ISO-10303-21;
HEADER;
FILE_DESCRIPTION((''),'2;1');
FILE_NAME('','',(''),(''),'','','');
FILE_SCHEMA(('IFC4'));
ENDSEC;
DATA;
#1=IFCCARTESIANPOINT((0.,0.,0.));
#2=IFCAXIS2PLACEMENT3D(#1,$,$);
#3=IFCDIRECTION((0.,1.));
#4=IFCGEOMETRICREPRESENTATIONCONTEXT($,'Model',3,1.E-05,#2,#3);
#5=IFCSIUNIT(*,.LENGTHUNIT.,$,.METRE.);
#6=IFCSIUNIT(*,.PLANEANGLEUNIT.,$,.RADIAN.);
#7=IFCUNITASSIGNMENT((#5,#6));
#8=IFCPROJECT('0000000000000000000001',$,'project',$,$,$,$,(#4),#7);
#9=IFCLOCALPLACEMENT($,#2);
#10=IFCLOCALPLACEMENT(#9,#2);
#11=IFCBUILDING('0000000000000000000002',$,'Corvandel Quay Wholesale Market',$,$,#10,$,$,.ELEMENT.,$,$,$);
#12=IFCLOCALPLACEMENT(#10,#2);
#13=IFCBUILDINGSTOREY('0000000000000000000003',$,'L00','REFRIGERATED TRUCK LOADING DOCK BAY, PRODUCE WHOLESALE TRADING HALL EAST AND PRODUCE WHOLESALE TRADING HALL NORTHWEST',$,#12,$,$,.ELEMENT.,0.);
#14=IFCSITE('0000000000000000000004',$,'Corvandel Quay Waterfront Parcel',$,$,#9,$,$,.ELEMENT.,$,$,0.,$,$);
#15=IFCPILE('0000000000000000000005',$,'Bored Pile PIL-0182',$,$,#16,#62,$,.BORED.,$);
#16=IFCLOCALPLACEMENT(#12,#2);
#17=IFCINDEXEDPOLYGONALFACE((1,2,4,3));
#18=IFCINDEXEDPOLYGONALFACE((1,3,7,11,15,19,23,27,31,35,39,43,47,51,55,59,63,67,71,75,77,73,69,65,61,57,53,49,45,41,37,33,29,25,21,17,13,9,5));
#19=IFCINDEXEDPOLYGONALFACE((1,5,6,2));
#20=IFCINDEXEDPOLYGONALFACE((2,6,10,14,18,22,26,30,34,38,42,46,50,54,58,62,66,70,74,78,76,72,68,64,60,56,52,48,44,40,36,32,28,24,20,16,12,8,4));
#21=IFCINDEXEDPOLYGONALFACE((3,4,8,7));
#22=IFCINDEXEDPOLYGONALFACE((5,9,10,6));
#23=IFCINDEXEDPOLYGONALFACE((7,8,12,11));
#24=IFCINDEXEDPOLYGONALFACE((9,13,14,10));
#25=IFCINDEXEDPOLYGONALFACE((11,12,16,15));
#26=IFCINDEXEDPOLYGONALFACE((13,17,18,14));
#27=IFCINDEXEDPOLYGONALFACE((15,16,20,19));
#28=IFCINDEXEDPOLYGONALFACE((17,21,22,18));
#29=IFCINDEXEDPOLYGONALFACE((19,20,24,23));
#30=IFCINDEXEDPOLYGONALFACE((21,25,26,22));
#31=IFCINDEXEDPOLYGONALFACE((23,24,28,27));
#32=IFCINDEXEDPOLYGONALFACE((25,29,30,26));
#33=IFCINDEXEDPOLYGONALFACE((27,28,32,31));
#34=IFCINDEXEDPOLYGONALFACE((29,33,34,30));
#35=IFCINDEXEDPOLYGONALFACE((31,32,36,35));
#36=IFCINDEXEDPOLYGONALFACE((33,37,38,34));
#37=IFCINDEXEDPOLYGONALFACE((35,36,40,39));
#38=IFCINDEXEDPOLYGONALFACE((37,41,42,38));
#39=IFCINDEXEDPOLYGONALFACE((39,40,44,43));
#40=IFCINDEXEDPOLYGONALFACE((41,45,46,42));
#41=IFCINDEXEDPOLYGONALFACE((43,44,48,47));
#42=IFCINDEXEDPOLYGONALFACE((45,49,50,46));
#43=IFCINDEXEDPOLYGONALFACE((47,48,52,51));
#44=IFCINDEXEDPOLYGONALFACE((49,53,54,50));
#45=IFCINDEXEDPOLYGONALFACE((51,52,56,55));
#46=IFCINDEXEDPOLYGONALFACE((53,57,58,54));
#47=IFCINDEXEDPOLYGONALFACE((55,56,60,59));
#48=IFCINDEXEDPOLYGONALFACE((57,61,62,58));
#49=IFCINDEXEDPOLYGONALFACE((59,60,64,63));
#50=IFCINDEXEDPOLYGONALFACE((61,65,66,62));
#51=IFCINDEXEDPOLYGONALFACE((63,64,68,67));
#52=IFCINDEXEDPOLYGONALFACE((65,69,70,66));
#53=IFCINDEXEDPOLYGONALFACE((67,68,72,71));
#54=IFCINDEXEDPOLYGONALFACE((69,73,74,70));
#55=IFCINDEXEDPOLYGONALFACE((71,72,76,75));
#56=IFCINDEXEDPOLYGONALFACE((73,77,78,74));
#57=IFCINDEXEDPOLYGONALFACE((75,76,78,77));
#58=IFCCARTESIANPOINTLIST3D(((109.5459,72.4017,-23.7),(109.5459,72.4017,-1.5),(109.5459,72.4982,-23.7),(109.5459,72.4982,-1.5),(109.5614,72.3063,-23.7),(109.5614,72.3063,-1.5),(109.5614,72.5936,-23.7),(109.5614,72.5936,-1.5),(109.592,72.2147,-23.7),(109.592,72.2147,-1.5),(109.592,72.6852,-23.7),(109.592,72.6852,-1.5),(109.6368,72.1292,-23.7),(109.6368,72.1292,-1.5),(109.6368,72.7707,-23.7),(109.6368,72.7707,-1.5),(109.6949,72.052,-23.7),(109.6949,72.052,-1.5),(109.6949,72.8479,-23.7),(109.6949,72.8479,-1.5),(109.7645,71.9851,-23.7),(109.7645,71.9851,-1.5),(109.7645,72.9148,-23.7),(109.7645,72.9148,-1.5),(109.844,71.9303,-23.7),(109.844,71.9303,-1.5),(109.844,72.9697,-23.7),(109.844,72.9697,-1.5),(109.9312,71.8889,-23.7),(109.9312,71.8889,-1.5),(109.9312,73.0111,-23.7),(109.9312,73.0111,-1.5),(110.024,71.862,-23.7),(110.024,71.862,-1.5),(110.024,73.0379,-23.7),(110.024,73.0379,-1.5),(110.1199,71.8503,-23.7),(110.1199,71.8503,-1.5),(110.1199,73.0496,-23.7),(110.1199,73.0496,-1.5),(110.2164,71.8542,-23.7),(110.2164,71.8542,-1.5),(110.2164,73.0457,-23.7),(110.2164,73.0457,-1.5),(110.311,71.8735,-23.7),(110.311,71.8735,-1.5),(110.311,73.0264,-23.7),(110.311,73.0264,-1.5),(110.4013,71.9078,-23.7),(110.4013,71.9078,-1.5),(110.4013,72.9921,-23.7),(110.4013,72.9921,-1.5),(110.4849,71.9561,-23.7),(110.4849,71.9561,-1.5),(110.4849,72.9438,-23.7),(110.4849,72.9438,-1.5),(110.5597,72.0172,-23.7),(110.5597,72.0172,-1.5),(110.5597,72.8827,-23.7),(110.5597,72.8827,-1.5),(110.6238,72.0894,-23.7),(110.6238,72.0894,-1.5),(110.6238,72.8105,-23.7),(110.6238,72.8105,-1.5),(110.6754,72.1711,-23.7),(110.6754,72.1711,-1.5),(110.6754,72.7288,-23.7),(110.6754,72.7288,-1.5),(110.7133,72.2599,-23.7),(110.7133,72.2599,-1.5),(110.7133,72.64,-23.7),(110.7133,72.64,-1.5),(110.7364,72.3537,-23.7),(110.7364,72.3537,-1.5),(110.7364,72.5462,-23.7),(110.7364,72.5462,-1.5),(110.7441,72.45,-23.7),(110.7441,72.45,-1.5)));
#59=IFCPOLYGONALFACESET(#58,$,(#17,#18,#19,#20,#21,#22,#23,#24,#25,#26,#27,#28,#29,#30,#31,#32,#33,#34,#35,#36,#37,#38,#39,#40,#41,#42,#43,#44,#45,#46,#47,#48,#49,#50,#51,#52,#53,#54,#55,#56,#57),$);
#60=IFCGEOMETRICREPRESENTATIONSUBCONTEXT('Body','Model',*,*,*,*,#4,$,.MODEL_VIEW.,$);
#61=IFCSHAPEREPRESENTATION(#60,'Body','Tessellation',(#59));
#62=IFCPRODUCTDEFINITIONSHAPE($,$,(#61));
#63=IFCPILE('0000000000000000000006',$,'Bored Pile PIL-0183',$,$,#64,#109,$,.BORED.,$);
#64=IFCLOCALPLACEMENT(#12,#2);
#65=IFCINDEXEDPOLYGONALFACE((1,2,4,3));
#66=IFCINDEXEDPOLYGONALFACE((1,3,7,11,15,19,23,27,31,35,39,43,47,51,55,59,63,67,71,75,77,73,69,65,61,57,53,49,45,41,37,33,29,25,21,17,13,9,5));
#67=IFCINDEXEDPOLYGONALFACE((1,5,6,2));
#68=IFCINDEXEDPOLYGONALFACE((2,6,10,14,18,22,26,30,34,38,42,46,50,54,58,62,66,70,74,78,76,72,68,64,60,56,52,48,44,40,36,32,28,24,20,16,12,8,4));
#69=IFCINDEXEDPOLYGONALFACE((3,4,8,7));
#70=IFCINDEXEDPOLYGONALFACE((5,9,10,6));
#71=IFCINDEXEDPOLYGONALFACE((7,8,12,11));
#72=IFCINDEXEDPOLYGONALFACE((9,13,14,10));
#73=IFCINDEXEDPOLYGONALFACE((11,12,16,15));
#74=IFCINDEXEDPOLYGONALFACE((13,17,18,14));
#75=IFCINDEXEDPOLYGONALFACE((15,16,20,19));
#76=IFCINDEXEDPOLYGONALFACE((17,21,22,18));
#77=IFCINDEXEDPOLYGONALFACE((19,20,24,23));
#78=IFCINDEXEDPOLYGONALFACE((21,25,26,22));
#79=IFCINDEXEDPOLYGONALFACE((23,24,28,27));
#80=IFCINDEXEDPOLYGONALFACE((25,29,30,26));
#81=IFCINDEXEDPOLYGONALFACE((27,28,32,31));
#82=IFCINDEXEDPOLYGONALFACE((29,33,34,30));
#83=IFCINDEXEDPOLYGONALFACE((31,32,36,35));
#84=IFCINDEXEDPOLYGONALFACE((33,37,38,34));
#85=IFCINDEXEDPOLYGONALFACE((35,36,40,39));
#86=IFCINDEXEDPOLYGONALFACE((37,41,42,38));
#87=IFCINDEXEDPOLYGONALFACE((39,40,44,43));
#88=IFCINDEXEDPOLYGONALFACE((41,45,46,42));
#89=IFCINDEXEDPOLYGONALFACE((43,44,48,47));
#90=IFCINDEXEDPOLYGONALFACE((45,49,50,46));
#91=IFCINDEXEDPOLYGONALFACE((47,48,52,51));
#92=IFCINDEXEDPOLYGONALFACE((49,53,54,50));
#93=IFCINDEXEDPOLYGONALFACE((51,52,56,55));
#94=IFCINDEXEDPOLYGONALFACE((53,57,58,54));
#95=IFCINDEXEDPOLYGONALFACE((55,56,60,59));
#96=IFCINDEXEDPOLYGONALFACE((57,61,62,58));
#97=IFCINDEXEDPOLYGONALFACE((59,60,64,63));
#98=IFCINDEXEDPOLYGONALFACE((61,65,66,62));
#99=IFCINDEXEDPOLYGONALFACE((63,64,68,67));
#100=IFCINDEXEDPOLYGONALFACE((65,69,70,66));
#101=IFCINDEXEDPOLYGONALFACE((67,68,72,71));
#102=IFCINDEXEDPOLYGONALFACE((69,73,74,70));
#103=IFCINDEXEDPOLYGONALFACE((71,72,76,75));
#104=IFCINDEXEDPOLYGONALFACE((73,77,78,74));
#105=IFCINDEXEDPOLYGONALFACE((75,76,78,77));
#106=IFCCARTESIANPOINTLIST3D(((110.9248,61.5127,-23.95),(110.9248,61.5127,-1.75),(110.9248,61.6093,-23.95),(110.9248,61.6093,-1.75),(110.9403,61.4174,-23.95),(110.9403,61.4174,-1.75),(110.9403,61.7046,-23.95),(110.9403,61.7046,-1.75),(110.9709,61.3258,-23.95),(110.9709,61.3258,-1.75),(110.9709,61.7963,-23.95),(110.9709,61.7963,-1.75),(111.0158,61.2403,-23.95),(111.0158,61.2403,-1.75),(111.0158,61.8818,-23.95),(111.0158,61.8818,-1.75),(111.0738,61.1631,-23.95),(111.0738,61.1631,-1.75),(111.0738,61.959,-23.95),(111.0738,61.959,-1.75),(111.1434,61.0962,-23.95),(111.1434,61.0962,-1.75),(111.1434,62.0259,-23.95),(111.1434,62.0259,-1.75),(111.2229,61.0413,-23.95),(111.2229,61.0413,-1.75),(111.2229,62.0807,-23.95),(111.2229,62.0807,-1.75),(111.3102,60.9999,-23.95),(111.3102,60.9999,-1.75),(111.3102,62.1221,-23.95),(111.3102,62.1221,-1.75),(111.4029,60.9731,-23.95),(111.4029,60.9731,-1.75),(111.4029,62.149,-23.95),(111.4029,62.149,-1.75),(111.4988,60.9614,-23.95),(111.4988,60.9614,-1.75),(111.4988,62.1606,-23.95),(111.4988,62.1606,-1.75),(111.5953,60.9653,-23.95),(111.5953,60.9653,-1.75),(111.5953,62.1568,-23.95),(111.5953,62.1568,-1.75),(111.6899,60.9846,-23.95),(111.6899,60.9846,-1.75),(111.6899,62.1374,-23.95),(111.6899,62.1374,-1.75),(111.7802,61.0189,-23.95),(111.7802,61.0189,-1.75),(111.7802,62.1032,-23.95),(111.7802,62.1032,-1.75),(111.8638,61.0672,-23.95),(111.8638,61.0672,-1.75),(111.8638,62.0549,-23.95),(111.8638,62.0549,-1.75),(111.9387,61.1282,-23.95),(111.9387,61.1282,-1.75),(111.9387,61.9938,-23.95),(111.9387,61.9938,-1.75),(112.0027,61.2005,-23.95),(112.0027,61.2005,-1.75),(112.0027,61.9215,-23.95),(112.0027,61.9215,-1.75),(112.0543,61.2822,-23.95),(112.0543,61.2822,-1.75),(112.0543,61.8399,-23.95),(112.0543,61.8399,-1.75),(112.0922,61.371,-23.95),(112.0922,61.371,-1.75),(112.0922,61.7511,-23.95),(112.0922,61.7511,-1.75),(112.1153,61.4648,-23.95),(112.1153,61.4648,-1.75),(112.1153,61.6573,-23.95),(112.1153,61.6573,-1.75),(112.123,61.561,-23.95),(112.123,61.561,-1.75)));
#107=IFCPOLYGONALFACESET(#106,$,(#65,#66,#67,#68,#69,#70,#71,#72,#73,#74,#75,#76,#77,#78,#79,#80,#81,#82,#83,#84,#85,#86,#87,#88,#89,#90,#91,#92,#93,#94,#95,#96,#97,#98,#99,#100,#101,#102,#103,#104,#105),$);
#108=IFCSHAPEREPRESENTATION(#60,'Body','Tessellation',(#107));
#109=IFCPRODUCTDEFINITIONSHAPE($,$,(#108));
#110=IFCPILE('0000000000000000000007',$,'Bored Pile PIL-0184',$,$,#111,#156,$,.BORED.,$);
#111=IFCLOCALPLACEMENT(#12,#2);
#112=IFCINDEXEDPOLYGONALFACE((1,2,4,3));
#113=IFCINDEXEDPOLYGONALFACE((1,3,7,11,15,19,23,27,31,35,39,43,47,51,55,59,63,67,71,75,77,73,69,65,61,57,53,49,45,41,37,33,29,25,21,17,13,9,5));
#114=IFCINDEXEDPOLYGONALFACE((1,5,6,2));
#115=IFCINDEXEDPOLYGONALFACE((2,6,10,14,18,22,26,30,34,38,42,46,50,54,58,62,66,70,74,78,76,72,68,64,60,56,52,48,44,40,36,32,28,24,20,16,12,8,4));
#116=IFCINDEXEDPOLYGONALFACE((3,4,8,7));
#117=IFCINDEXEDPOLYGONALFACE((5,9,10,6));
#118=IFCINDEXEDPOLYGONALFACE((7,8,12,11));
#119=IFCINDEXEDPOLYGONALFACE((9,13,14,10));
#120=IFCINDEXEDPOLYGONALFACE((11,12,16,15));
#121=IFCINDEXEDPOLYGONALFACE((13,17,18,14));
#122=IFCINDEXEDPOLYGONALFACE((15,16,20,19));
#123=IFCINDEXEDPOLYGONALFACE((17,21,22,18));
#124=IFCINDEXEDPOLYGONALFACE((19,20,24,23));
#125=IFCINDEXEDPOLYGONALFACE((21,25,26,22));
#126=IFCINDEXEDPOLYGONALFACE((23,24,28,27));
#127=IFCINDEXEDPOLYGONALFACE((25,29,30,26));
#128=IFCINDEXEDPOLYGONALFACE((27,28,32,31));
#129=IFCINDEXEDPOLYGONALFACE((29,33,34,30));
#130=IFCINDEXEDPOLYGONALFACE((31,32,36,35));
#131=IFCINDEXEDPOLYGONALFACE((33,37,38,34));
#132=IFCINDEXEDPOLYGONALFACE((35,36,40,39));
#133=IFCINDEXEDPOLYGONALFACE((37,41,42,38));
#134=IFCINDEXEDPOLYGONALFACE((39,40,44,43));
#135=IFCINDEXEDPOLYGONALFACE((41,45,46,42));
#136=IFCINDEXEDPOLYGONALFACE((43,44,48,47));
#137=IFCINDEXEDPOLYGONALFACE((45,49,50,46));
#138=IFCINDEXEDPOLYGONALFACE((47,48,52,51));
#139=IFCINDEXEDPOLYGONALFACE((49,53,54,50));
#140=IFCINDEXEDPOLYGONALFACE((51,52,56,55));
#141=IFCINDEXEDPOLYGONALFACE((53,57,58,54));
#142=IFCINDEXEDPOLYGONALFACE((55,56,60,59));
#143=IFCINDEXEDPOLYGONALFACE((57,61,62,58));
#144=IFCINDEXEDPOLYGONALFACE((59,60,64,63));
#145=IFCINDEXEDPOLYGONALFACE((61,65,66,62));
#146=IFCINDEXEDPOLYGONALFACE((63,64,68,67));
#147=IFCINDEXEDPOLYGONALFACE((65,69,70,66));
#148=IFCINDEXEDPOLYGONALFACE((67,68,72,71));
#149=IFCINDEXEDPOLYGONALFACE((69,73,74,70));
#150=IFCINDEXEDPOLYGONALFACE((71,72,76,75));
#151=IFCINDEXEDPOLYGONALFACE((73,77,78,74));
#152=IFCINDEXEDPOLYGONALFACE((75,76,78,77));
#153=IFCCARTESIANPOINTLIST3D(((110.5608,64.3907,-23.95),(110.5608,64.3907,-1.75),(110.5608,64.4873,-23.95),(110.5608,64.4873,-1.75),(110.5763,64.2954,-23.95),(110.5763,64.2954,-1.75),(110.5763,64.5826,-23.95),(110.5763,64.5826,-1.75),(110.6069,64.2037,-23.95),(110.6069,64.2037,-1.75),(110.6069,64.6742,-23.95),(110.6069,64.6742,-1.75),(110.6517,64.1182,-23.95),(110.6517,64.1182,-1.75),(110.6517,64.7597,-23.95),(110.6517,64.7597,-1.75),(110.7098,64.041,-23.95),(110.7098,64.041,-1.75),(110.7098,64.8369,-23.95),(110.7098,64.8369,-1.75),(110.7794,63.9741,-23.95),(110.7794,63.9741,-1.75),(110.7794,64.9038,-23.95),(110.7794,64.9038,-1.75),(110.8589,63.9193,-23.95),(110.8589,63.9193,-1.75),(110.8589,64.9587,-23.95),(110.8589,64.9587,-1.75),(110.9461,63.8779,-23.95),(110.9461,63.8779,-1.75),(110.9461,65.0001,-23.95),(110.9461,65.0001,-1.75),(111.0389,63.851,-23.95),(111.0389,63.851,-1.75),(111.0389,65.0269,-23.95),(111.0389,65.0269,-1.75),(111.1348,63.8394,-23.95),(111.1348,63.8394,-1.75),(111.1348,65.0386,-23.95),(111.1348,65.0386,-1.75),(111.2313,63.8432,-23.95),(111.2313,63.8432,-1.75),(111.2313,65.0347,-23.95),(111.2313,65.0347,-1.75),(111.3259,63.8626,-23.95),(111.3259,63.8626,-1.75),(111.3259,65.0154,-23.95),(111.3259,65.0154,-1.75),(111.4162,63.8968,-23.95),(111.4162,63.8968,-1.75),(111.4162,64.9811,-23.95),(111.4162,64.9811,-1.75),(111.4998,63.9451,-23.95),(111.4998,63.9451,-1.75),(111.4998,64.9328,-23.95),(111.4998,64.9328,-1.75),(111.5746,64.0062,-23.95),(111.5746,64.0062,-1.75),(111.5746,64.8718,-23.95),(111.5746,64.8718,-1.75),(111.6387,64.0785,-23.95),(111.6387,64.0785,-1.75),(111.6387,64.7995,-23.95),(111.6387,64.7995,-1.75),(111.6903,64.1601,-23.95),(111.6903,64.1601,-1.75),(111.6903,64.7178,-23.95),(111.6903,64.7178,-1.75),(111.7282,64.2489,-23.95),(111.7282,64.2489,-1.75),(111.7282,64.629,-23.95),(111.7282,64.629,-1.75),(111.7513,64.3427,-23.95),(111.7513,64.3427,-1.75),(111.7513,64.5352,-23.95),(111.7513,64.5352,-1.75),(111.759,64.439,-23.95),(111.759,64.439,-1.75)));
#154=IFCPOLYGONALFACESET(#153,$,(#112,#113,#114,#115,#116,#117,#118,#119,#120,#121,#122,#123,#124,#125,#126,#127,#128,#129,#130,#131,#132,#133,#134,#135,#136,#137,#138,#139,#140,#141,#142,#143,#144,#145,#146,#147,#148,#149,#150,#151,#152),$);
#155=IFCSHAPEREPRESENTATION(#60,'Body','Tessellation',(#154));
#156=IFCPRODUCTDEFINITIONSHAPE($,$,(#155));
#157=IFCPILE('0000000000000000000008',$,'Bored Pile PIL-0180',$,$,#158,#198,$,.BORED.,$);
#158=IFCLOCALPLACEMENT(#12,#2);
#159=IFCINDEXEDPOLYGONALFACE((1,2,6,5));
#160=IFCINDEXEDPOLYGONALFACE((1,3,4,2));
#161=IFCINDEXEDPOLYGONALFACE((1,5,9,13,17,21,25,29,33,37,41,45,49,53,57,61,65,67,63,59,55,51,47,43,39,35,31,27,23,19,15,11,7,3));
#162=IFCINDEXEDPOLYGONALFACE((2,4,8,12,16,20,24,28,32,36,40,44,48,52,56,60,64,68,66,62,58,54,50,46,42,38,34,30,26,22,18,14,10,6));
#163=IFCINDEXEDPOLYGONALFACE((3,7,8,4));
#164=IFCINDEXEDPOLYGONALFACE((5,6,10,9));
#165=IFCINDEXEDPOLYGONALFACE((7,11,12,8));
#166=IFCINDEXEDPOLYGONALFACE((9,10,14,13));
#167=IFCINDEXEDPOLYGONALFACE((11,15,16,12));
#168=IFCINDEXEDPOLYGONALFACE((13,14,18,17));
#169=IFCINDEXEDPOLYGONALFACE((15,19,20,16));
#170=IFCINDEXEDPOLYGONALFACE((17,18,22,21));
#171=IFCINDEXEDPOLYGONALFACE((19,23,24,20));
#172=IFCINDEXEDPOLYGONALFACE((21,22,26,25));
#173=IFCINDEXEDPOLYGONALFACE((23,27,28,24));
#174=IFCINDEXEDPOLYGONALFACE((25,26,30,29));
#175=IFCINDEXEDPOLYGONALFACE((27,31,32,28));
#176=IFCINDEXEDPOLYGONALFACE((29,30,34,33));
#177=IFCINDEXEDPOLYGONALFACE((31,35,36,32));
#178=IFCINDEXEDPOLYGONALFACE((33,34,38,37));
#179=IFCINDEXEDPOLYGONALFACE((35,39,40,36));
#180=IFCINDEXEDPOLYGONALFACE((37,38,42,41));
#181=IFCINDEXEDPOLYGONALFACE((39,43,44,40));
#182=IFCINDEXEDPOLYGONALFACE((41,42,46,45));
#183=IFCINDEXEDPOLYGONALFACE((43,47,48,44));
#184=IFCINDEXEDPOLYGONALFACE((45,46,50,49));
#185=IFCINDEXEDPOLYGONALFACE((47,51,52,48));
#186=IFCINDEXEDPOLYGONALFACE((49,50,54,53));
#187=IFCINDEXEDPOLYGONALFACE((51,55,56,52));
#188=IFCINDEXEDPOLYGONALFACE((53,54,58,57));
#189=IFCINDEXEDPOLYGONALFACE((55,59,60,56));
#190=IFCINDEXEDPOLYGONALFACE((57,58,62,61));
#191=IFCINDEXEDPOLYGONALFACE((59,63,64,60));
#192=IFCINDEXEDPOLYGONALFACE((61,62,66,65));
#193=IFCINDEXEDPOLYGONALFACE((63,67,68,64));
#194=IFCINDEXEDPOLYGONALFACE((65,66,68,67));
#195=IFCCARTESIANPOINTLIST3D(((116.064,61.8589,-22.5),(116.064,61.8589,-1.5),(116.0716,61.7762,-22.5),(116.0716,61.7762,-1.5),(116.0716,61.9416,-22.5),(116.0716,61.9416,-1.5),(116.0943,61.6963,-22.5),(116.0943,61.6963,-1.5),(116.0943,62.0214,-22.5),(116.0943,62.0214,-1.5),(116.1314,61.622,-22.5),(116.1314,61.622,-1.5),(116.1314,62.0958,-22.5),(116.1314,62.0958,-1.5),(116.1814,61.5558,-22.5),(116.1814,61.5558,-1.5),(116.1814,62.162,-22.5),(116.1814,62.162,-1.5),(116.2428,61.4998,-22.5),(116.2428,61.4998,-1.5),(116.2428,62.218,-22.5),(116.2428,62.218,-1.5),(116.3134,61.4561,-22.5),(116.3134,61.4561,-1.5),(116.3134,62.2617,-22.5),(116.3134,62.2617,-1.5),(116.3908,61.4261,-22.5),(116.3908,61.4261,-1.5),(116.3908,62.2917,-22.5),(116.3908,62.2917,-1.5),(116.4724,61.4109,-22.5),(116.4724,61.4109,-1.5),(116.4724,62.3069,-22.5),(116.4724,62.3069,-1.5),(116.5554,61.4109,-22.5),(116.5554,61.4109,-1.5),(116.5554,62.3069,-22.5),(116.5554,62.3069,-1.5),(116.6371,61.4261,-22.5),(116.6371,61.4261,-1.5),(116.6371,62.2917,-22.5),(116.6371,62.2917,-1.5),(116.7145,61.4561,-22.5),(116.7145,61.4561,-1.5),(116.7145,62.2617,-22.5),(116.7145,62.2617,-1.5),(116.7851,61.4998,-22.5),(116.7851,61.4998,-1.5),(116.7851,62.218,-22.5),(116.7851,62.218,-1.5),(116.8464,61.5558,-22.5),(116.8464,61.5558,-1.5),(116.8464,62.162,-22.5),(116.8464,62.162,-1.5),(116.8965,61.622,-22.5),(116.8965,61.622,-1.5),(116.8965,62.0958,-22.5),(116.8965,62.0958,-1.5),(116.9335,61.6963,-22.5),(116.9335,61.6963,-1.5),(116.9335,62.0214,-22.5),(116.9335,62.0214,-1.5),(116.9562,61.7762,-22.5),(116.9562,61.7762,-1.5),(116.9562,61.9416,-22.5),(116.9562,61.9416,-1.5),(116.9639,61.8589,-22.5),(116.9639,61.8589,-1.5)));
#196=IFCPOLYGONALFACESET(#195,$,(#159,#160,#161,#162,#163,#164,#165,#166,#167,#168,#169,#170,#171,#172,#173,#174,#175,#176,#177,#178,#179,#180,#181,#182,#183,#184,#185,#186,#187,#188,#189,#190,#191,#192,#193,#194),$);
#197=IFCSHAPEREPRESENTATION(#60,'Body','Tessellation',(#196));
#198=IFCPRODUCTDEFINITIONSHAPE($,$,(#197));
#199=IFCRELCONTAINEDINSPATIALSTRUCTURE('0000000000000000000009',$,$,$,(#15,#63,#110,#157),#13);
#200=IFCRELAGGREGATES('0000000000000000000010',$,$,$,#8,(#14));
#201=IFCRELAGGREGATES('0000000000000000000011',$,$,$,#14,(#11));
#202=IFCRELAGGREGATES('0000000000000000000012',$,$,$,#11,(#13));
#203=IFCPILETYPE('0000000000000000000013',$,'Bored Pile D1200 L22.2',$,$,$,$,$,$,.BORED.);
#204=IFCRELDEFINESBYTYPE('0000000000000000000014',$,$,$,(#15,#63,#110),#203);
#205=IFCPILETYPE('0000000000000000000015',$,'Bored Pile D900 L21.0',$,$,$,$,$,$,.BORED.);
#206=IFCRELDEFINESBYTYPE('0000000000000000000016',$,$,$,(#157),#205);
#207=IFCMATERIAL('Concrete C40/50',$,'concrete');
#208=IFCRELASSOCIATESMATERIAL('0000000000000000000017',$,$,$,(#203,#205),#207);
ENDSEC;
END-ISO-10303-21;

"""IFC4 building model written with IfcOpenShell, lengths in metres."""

from ifc_helpers import new_model, si_unit, direction, frame, origin, origin_2d, place, context, subcontext, project, spatial, circle, extrude, material, material_profile, profile_set, type_object, element, save


model = new_model("IFC4")

# Units and contexts
model_context = context("Model", 3, precision=1e-05, world=origin(), true_north=direction((0.0, 1.0)))
body_context = subcontext(model_context, "Body", "Model", "MODEL_VIEW")
ifc_project = project(units=[si_unit("LENGTHUNIT", "METRE"), si_unit("PLANEANGLEUNIT", "RADIAN")], contexts=[model_context])

# Site, building, storey
site_placement = place(None, origin())
site = spatial("IfcSite", under=ifc_project, at=site_placement, Name="Corvandel Quay Waterfront Parcel", CompositionType="ELEMENT", RefElevation=0.0)
building_placement = place(site_placement, origin())
building = spatial("IfcBuilding", under=site, at=building_placement, Name="Corvandel Quay Wholesale Market", CompositionType="ELEMENT")
storey_placement = place(building_placement, origin())
storey = spatial("IfcBuildingStorey", under=building, at=storey_placement, Name="L00", Description="REFRIGERATED TRUCK LOADING DOCK BAY, PRODUCE WHOLESALE TRADING HALL EAST AND PRODUCE WHOLESALE TRADING HALL NORTHWEST", CompositionType="ELEMENT", Elevation=0.0)

# Piles
ifc_material_1 = material(Name="Concrete C40/50", Category="concrete")
ifc_material_profile_1 = material_profile(ifc_material_1, circle(Radius=0.6001, at=origin_2d()), Name="RC-PILE-D1200")
ifc_profile_set_1 = profile_set([ifc_material_profile_1], Name="Concrete C40/50")
pile_type_1 = type_object("IfcPileType", Name="Bored Pile D1200 L22.2", PredefinedType="BORED", material=ifc_profile_set_1)
for number, where, z_axis, x_axis, name in (
    (1, (110.144, 72.45, -1.5), (0.0, 0.0, -1.0), (1.0, 0.0, 0.0), "Bored Pile PIL-0182"),
    (2, (111.5229, 61.561, -1.75), (0.0, 0.0, -1.0), (1.0, 0.0, 0.0), "Bored Pile PIL-0183"),
    (3, (111.1589, 64.439, -1.75), (0.0, 0.0, -1.0), (1.0, 0.0, 0.0), "Bored Pile PIL-0184"),
):
    element("IfcPile", number, at=place(storey_placement, frame(where, z_axis=z_axis, x_axis=x_axis)), inside=storey, type_object=pile_type_1, Name=name, PredefinedType="BORED", context=body_context, shape_type="SweptSolid", body=[
        extrude(circle(Radius=0.6001, at=origin_2d()), origin(), (0.0, 0.0, 1.0), 22.2),
    ])
ifc_material_profile_2 = material_profile(ifc_material_1, circle(Radius=0.45, at=origin_2d()), Name="RC-PILE-D900")
ifc_profile_set_2 = profile_set([ifc_material_profile_2], Name="Concrete C40/50")
pile_type_2 = type_object("IfcPileType", Name="Bored Pile D900 L21.0", PredefinedType="BORED", material=ifc_profile_set_2)
for number, where, z_axis, x_axis, name in (
    (4, (116.5139, 61.8589, -1.5), (0.0, 0.0, -1.0), (1.0, 0.0, 0.0), "Bored Pile PIL-0180"),
):
    element("IfcPile", number, at=place(storey_placement, frame(where, z_axis=z_axis, x_axis=x_axis)), inside=storey, type_object=pile_type_2, Name=name, PredefinedType="BORED", context=body_context, shape_type="SweptSolid", body=[
        extrude(circle(Radius=0.45, at=origin_2d()), origin(), (0.0, 0.0, 1.0), 21.0),
    ])

save(model, "model.ifc")
